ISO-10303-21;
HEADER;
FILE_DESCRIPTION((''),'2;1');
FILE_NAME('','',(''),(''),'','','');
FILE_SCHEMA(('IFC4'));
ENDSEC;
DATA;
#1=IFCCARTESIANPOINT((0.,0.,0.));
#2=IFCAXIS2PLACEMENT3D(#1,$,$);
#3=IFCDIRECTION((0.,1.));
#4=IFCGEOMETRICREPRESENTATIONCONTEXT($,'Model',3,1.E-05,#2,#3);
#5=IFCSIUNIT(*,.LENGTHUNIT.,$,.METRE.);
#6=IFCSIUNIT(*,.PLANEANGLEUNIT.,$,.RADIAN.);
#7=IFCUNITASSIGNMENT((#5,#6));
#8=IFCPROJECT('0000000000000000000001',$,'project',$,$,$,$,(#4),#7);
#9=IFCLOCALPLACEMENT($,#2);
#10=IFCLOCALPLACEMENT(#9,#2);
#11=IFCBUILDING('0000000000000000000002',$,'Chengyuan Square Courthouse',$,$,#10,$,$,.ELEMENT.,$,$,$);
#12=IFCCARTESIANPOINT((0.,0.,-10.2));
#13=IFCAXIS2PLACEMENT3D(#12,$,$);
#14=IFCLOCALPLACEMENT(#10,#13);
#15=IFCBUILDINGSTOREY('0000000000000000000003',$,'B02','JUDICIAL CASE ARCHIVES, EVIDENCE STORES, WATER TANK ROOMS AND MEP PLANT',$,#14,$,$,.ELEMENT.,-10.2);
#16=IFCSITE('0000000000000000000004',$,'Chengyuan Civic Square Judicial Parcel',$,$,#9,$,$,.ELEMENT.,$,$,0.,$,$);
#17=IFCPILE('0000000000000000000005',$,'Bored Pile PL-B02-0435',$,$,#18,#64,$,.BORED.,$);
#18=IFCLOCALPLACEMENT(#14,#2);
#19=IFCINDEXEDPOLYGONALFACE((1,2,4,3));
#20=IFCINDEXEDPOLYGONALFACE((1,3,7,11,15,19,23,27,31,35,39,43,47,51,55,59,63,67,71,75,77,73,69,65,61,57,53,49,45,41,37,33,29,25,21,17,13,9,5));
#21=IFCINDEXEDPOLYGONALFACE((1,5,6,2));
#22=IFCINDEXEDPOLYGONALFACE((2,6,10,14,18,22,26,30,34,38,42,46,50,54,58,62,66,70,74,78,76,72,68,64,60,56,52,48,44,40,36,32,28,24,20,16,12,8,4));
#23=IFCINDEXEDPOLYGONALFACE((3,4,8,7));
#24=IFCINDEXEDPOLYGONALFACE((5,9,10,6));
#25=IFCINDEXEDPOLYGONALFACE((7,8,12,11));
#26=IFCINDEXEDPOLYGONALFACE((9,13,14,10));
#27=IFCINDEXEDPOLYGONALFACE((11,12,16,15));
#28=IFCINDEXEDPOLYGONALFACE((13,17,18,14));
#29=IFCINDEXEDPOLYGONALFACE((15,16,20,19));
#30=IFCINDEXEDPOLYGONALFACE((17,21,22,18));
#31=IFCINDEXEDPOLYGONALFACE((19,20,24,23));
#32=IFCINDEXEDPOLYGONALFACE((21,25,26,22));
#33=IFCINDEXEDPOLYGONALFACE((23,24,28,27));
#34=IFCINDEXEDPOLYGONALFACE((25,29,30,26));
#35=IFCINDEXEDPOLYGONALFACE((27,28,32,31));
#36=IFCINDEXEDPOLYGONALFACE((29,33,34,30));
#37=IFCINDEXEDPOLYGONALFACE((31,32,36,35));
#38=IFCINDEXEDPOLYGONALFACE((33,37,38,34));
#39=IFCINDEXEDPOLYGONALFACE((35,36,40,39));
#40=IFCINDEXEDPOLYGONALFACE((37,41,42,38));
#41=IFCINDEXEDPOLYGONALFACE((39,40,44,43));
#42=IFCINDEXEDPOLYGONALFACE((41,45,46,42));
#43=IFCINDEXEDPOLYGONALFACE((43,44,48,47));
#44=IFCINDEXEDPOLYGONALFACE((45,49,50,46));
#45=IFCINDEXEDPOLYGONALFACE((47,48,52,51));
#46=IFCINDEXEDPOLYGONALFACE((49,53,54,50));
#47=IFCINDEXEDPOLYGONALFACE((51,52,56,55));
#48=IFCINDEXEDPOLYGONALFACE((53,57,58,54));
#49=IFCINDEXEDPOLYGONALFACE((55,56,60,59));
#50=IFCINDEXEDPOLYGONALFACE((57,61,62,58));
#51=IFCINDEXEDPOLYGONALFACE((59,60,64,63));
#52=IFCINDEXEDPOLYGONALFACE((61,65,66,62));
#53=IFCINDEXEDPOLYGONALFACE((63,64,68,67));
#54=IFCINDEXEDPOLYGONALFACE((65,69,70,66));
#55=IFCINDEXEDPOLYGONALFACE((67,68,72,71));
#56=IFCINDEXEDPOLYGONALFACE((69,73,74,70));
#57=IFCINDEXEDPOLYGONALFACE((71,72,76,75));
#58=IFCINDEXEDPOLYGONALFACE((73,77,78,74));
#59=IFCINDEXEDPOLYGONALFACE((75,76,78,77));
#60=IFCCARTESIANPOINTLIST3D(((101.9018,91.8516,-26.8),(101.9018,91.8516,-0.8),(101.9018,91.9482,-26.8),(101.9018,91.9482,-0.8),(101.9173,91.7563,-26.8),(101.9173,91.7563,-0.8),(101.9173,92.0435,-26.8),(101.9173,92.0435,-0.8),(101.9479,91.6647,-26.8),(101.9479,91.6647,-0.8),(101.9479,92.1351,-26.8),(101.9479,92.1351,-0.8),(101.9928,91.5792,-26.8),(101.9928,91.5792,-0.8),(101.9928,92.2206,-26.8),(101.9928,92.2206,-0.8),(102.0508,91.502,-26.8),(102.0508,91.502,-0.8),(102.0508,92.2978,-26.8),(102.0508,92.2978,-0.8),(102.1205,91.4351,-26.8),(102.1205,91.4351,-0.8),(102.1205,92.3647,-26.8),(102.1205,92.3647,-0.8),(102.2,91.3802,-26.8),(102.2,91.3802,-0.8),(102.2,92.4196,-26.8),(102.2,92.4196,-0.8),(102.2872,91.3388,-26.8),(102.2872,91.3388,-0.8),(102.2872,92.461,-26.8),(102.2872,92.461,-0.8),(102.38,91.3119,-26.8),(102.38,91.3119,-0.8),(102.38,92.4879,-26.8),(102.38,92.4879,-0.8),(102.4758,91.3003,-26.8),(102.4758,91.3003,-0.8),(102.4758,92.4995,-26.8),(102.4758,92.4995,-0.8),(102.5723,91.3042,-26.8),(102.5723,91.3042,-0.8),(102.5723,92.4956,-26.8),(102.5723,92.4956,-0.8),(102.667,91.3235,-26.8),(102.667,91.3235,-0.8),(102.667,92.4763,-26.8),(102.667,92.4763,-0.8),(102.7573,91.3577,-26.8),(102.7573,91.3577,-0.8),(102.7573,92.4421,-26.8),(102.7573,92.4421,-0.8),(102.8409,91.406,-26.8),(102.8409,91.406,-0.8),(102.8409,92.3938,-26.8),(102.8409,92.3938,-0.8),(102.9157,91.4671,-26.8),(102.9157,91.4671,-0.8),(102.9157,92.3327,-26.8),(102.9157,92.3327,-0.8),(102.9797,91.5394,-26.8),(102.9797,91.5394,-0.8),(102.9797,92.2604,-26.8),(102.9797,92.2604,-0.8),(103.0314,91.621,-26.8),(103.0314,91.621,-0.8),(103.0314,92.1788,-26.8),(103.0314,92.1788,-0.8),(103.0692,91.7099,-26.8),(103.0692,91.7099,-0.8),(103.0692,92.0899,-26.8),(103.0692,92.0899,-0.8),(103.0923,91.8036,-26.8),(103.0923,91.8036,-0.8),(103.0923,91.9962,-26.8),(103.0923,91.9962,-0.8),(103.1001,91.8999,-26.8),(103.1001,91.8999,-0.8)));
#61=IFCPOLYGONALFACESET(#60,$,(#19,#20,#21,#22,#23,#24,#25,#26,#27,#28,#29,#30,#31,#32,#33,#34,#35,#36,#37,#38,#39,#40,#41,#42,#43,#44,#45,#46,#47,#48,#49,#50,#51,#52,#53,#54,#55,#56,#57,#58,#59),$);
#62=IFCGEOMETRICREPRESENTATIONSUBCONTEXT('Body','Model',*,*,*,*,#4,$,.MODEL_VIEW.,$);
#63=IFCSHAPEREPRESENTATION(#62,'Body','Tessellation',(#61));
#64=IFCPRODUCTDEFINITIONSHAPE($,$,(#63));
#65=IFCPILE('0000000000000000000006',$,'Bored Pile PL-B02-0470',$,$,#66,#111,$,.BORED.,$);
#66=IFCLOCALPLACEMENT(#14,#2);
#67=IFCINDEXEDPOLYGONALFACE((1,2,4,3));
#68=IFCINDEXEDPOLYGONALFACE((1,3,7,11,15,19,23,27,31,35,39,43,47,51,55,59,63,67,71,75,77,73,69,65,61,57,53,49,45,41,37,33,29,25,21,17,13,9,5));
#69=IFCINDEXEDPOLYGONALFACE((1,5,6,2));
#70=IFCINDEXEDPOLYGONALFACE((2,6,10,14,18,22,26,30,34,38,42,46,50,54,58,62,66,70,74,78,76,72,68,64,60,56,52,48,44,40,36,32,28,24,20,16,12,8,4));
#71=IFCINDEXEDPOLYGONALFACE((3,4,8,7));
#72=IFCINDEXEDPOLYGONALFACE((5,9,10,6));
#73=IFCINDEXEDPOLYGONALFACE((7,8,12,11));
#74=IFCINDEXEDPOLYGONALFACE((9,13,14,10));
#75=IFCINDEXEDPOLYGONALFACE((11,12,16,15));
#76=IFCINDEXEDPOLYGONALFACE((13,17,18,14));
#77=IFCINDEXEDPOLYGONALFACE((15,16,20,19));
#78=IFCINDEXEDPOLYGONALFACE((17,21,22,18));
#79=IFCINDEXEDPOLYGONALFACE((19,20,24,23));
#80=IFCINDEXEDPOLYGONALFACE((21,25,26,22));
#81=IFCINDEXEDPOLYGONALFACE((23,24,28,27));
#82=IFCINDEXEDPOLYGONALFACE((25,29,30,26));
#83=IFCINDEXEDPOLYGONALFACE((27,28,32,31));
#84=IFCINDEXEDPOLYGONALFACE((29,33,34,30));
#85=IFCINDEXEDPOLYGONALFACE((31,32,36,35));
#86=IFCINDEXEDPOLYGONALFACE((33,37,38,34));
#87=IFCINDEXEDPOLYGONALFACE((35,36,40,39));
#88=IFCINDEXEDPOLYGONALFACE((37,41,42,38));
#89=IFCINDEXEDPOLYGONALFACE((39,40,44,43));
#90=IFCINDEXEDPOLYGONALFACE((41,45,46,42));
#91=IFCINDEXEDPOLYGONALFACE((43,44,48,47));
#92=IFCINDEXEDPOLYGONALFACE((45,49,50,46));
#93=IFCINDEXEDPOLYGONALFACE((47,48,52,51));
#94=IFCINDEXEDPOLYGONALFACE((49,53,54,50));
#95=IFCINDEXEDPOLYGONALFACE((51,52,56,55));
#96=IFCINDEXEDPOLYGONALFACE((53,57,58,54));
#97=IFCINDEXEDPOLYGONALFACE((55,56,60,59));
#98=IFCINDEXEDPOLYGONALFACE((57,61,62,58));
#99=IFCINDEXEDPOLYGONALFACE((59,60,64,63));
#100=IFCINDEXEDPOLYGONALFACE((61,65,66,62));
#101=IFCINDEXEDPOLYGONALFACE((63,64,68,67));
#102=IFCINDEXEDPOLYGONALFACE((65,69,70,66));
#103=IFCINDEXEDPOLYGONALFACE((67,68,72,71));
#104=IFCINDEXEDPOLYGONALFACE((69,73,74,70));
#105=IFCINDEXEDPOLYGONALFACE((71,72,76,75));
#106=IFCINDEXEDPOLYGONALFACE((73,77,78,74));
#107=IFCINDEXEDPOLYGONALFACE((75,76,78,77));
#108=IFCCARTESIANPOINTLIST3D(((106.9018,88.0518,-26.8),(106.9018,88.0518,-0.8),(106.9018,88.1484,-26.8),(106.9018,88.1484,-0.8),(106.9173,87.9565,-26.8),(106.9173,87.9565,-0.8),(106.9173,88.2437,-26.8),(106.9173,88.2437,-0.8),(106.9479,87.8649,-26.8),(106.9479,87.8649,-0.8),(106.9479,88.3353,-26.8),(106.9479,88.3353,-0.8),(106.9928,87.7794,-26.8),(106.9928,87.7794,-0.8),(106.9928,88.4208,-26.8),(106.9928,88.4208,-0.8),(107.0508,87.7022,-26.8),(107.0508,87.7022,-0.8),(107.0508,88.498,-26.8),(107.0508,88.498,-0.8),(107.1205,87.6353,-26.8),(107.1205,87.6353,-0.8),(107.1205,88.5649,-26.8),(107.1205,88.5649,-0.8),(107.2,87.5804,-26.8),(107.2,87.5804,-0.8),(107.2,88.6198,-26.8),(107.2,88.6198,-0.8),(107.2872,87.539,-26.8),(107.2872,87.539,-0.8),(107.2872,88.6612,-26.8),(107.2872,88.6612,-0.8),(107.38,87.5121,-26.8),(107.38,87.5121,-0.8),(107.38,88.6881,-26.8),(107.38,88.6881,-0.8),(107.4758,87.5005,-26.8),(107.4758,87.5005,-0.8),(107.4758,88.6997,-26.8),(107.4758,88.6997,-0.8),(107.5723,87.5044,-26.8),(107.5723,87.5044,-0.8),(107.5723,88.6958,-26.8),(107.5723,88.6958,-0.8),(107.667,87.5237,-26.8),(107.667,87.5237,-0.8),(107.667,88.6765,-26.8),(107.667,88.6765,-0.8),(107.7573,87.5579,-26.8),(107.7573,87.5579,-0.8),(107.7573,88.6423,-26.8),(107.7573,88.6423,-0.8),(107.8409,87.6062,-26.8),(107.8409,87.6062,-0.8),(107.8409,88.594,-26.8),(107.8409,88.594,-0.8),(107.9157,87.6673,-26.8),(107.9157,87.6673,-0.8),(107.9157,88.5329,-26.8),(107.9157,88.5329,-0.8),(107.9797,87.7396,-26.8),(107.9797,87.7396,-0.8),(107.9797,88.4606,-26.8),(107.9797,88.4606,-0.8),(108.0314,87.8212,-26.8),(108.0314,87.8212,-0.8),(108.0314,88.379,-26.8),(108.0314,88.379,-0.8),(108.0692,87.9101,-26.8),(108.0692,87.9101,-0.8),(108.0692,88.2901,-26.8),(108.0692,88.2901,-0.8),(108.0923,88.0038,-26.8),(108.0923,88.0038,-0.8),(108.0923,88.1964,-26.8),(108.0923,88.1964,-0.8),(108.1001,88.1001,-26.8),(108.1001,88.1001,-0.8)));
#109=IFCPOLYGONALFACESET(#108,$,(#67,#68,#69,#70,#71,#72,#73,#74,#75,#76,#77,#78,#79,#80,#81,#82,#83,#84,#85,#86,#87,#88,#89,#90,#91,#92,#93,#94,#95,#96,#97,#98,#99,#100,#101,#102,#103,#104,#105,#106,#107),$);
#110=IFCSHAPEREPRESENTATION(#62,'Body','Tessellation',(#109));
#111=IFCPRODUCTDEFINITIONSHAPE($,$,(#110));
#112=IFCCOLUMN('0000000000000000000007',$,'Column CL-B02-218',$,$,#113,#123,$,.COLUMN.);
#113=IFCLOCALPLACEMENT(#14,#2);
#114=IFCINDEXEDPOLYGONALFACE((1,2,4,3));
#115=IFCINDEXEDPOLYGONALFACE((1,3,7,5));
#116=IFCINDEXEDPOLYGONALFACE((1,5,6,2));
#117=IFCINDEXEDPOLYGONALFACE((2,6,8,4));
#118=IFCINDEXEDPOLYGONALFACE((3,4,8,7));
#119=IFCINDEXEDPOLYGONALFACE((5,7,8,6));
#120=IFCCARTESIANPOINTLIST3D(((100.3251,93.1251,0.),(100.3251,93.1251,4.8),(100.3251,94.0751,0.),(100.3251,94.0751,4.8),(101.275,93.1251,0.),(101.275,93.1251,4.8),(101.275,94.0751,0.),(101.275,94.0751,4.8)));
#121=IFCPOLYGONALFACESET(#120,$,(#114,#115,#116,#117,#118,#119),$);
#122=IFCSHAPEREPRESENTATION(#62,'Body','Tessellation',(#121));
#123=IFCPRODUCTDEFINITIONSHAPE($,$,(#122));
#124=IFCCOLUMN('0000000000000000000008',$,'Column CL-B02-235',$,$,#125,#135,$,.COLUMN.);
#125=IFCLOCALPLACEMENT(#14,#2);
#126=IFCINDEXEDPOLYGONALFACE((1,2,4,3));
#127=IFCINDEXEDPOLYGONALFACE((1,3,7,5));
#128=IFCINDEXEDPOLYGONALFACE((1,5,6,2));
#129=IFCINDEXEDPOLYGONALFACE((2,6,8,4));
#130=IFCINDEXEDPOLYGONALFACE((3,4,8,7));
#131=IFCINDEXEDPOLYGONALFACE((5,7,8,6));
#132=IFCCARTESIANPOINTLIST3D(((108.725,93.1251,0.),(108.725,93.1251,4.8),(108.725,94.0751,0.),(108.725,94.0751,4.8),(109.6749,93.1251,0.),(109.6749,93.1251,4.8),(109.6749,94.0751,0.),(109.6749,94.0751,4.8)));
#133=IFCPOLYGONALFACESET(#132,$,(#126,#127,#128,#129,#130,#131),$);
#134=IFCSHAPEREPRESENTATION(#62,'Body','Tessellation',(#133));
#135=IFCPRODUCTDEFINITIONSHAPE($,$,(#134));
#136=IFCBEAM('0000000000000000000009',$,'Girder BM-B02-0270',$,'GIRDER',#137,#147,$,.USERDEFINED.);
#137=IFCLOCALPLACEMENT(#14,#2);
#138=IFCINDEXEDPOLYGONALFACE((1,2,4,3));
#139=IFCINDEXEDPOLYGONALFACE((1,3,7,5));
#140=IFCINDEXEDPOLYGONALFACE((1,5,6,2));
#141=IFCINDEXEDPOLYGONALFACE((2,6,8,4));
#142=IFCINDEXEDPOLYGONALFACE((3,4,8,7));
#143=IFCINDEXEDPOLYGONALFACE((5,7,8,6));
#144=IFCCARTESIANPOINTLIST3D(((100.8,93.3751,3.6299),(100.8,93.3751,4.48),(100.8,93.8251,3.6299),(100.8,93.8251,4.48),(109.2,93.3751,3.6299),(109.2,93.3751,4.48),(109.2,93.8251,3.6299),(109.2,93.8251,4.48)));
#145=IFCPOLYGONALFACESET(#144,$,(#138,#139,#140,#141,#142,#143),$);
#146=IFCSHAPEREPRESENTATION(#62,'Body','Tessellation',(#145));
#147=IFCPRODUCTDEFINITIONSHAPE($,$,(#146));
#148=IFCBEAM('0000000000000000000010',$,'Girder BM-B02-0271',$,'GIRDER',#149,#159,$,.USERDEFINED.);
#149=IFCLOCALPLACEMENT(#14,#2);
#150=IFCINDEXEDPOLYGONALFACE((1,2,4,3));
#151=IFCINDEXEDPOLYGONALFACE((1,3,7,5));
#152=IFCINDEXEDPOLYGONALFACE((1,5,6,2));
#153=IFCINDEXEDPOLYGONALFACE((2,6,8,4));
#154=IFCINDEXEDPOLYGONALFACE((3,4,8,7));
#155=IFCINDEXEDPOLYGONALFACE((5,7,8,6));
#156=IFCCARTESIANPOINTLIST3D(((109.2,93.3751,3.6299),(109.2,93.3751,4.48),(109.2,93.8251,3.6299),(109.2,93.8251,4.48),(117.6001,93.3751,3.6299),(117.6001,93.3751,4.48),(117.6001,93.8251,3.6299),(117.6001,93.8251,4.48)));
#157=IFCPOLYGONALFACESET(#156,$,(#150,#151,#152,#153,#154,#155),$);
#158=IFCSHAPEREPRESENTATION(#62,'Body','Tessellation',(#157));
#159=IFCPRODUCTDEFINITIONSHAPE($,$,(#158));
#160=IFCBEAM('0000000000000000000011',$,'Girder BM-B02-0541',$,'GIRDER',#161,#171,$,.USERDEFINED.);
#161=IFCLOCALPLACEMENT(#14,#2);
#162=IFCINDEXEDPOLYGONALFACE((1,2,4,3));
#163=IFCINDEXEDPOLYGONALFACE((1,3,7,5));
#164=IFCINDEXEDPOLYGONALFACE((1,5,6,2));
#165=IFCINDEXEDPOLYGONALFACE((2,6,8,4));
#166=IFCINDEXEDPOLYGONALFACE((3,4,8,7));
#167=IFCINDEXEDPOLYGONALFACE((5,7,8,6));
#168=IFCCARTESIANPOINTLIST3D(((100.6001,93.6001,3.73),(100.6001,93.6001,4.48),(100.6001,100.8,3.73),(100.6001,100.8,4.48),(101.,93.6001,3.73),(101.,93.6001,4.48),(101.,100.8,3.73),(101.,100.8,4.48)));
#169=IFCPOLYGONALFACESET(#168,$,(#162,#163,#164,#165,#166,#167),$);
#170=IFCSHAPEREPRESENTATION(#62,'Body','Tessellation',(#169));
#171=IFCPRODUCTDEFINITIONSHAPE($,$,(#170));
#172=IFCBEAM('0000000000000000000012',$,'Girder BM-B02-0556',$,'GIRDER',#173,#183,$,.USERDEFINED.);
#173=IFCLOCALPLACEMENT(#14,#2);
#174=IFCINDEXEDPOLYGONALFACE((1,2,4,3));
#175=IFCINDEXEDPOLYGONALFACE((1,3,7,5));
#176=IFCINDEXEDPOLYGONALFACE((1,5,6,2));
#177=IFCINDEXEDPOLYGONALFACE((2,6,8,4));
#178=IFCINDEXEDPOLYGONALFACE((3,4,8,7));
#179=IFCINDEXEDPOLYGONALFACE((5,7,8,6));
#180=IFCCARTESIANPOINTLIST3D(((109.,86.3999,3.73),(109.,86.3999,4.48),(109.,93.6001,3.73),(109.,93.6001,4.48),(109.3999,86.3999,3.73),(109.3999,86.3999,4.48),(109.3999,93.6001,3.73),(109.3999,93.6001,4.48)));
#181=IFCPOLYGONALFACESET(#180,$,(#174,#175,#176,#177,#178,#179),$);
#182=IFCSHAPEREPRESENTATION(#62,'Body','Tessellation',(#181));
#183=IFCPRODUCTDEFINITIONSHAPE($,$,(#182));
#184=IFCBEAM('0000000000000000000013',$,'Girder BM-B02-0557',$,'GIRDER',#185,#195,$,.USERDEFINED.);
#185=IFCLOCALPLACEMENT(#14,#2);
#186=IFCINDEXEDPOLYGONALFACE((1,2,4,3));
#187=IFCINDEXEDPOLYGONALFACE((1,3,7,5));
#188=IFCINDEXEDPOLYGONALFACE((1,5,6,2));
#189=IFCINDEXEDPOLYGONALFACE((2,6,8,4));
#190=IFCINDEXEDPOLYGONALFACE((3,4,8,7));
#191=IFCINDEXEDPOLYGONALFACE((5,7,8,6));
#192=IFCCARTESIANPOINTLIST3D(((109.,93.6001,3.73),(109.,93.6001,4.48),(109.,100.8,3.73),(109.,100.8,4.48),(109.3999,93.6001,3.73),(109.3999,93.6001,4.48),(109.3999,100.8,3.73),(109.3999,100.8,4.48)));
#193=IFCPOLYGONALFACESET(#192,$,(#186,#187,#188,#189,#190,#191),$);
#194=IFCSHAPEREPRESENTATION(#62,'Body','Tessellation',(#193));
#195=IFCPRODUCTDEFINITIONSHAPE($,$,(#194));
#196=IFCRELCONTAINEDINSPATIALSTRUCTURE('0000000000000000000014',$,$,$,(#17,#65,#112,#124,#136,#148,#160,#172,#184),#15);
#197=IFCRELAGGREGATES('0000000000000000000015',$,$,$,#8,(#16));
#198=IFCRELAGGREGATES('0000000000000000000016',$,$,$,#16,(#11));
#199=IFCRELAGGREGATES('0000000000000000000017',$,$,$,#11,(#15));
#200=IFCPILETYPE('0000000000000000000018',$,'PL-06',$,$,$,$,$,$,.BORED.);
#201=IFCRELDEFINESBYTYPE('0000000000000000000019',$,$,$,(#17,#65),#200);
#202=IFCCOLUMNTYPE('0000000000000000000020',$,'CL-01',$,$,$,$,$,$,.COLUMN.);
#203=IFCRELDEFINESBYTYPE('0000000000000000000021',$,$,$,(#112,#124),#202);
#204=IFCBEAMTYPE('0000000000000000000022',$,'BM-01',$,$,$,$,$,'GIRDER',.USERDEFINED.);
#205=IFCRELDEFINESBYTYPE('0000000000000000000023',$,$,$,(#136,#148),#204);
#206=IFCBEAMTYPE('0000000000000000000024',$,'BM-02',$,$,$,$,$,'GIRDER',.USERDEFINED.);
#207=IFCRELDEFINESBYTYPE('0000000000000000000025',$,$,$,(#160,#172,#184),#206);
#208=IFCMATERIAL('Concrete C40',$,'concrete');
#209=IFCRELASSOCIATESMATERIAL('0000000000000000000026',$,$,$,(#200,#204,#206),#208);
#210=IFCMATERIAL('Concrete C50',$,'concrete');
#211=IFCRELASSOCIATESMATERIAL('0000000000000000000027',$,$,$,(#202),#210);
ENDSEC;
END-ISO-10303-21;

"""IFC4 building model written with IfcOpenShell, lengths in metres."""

from ifc_helpers import new_model, si_unit, direction, frame, origin, origin_2d, place, context, subcontext, project, spatial, rectangle, circle, extrude, material, material_profile, profile_set, type_object, element, save


model = new_model("IFC4")

# Units and contexts
model_context = context("Model", 3, precision=1e-05, world=origin(), true_north=direction((0.0, 1.0)))
body_context = subcontext(model_context, "Body", "Model", "MODEL_VIEW")
ifc_project = project(units=[si_unit("LENGTHUNIT", "METRE"), si_unit("PLANEANGLEUNIT", "RADIAN")], contexts=[model_context])

# Site, building, storey
site_placement = place(None, origin())
site = spatial("IfcSite", under=ifc_project, at=site_placement, Name="Chengyuan Civic Square Judicial Parcel", CompositionType="ELEMENT", RefElevation=0.0)
building_placement = place(site_placement, origin())
building = spatial("IfcBuilding", under=site, at=building_placement, Name="Chengyuan Square Courthouse", CompositionType="ELEMENT")
storey_placement = place(building_placement, frame((0.0, 0.0, -10.2)))
storey = spatial("IfcBuildingStorey", under=building, at=storey_placement, Name="B02", Description="JUDICIAL CASE ARCHIVES, EVIDENCE STORES, WATER TANK ROOMS AND MEP PLANT", CompositionType="ELEMENT", Elevation=-10.2)

# Shared definitions
ifc_material_1 = material(Name="Concrete C40", Category="concrete")

# Piles
ifc_material_profile_1 = material_profile(ifc_material_1, circle(Radius=0.6001, at=origin_2d()), Name="BORED PILE D1200")
ifc_profile_set_1 = profile_set([ifc_material_profile_1], Name="Concrete C40")
pile_type_1 = type_object("IfcPileType", Name="PL-06", PredefinedType="BORED", material=ifc_profile_set_1)
for number, where, z_axis, x_axis, name in (
    (1, (102.5, 91.8999, -0.8), (0.0, 0.0, -1.0), (1.0, 0.0, 0.0), "Bored Pile PL-B02-0435"),
    (2, (107.5, 88.1001, -0.8), (0.0, 0.0, -1.0), (1.0, 0.0, 0.0), "Bored Pile PL-B02-0470"),
):
    element("IfcPile", number, at=place(storey_placement, frame(where, z_axis=z_axis, x_axis=x_axis)), inside=storey, type_object=pile_type_1, Name=name, PredefinedType="BORED", context=body_context, shape_type="SweptSolid", body=[
        extrude(circle(Radius=0.6001, at=origin_2d()), origin(), (0.0, 0.0, 1.0), 26.0),
    ])

# Columns
ifc_material_2 = material(Name="Concrete C50", Category="concrete")
ifc_material_profile_2 = material_profile(ifc_material_2, rectangle(XDim=0.95, YDim=0.95, at=origin_2d()), Name="RC-COL-950x950")
ifc_profile_set_2 = profile_set([ifc_material_profile_2], Name="Concrete C50")
column_type = type_object("IfcColumnType", Name="CL-01", PredefinedType="COLUMN", material=ifc_profile_set_2)
for number, where, z_axis, x_axis, name in (
    (3, (100.8, 93.6001, 0.0), (0.0, 0.0, 1.0), (1.0, 0.0, 0.0), "Column CL-B02-218"),
    (4, (109.2, 93.6001, 0.0), (0.0, 0.0, 1.0), (1.0, 0.0, 0.0), "Column CL-B02-235"),
):
    element("IfcColumn", number, at=place(storey_placement, frame(where, z_axis=z_axis, x_axis=x_axis)), inside=storey, type_object=column_type, Name=name, PredefinedType="COLUMN", context=body_context, shape_type="SweptSolid", body=[
        extrude(rectangle(XDim=0.95, YDim=0.95, at=origin_2d()), origin(), (0.0, 0.0, 1.0), 4.8),
    ])

# Beams
ifc_material_profile_3 = material_profile(ifc_material_1, rectangle(XDim=0.45, YDim=0.8501, at=origin_2d()), Name="RC-BM-450x850")
ifc_profile_set_3 = profile_set([ifc_material_profile_3], Name="Concrete C40")
beam_type_1 = type_object("IfcBeamType", Name="BM-01", ElementType="GIRDER", PredefinedType="USERDEFINED", material=ifc_profile_set_3)
beam_1_placement = place(storey_placement, frame((100.8, 93.6001, 4.0549), z_axis=(1.0, 0.0, 0.0), x_axis=(0.0, 1.0, 0.0)))
element("IfcBeam", 5, at=beam_1_placement, inside=storey, type_object=beam_type_1, Name="Girder BM-B02-0270", ObjectType="GIRDER", PredefinedType="USERDEFINED", context=body_context, shape_type="SweptSolid", body=[
    extrude(rectangle(XDim=0.45, YDim=0.8501, at=origin_2d()), origin(), (0.0, 0.0, 1.0), 8.3999),
])
beam_2_placement = place(storey_placement, frame((109.2, 93.6001, 4.0549), z_axis=(1.0, 0.0, 0.0), x_axis=(0.0, 1.0, 0.0)))
element("IfcBeam", 6, at=beam_2_placement, inside=storey, type_object=beam_type_1, Name="Girder BM-B02-0271", ObjectType="GIRDER", PredefinedType="USERDEFINED", context=body_context, shape_type="SweptSolid", body=[
    extrude(rectangle(XDim=0.45, YDim=0.8501, at=origin_2d()), origin(), (0.0, 0.0, 1.0), 8.4001),
])
ifc_material_profile_4 = material_profile(ifc_material_1, rectangle(XDim=0.3999, YDim=0.75, at=origin_2d()), Name="RC-BM-400x750")
ifc_profile_set_4 = profile_set([ifc_material_profile_4], Name="Concrete C40")
beam_type_2 = type_object("IfcBeamType", Name="BM-02", ElementType="GIRDER", PredefinedType="USERDEFINED", material=ifc_profile_set_4)
beam_3_placement = place(storey_placement, frame((100.8, 93.6001, 4.105), z_axis=(0.0, 1.0, 0.0), x_axis=(-1.0, 0.0, 0.0)))
element("IfcBeam", 7, at=beam_3_placement, inside=storey, type_object=beam_type_2, Name="Girder BM-B02-0541", ObjectType="GIRDER", PredefinedType="USERDEFINED", context=body_context, shape_type="SweptSolid", body=[
    extrude(rectangle(XDim=0.3999, YDim=0.75, at=origin_2d()), origin(), (0.0, 0.0, 1.0), 7.2),
])
beam_4_placement = place(storey_placement, frame((109.2, 86.3999, 4.105), z_axis=(0.0, 1.0, 0.0), x_axis=(-1.0, 0.0, 0.0)))
element("IfcBeam", 8, at=beam_4_placement, inside=storey, type_object=beam_type_2, Name="Girder BM-B02-0556", ObjectType="GIRDER", PredefinedType="USERDEFINED", context=body_context, shape_type="SweptSolid", body=[
    extrude(rectangle(XDim=0.3999, YDim=0.75, at=origin_2d()), origin(), (0.0, 0.0, 1.0), 7.2002),
])
beam_5_placement = place(storey_placement, frame((109.2, 93.6001, 4.105), z_axis=(0.0, 1.0, 0.0), x_axis=(-1.0, 0.0, 0.0)))
element("IfcBeam", 9, at=beam_5_placement, inside=storey, type_object=beam_type_2, Name="Girder BM-B02-0557", ObjectType="GIRDER", PredefinedType="USERDEFINED", context=body_context, shape_type="SweptSolid", body=[
    extrude(rectangle(XDim=0.3999, YDim=0.75, at=origin_2d()), origin(), (0.0, 0.0, 1.0), 7.2),
])

save(model, "model.ifc")
